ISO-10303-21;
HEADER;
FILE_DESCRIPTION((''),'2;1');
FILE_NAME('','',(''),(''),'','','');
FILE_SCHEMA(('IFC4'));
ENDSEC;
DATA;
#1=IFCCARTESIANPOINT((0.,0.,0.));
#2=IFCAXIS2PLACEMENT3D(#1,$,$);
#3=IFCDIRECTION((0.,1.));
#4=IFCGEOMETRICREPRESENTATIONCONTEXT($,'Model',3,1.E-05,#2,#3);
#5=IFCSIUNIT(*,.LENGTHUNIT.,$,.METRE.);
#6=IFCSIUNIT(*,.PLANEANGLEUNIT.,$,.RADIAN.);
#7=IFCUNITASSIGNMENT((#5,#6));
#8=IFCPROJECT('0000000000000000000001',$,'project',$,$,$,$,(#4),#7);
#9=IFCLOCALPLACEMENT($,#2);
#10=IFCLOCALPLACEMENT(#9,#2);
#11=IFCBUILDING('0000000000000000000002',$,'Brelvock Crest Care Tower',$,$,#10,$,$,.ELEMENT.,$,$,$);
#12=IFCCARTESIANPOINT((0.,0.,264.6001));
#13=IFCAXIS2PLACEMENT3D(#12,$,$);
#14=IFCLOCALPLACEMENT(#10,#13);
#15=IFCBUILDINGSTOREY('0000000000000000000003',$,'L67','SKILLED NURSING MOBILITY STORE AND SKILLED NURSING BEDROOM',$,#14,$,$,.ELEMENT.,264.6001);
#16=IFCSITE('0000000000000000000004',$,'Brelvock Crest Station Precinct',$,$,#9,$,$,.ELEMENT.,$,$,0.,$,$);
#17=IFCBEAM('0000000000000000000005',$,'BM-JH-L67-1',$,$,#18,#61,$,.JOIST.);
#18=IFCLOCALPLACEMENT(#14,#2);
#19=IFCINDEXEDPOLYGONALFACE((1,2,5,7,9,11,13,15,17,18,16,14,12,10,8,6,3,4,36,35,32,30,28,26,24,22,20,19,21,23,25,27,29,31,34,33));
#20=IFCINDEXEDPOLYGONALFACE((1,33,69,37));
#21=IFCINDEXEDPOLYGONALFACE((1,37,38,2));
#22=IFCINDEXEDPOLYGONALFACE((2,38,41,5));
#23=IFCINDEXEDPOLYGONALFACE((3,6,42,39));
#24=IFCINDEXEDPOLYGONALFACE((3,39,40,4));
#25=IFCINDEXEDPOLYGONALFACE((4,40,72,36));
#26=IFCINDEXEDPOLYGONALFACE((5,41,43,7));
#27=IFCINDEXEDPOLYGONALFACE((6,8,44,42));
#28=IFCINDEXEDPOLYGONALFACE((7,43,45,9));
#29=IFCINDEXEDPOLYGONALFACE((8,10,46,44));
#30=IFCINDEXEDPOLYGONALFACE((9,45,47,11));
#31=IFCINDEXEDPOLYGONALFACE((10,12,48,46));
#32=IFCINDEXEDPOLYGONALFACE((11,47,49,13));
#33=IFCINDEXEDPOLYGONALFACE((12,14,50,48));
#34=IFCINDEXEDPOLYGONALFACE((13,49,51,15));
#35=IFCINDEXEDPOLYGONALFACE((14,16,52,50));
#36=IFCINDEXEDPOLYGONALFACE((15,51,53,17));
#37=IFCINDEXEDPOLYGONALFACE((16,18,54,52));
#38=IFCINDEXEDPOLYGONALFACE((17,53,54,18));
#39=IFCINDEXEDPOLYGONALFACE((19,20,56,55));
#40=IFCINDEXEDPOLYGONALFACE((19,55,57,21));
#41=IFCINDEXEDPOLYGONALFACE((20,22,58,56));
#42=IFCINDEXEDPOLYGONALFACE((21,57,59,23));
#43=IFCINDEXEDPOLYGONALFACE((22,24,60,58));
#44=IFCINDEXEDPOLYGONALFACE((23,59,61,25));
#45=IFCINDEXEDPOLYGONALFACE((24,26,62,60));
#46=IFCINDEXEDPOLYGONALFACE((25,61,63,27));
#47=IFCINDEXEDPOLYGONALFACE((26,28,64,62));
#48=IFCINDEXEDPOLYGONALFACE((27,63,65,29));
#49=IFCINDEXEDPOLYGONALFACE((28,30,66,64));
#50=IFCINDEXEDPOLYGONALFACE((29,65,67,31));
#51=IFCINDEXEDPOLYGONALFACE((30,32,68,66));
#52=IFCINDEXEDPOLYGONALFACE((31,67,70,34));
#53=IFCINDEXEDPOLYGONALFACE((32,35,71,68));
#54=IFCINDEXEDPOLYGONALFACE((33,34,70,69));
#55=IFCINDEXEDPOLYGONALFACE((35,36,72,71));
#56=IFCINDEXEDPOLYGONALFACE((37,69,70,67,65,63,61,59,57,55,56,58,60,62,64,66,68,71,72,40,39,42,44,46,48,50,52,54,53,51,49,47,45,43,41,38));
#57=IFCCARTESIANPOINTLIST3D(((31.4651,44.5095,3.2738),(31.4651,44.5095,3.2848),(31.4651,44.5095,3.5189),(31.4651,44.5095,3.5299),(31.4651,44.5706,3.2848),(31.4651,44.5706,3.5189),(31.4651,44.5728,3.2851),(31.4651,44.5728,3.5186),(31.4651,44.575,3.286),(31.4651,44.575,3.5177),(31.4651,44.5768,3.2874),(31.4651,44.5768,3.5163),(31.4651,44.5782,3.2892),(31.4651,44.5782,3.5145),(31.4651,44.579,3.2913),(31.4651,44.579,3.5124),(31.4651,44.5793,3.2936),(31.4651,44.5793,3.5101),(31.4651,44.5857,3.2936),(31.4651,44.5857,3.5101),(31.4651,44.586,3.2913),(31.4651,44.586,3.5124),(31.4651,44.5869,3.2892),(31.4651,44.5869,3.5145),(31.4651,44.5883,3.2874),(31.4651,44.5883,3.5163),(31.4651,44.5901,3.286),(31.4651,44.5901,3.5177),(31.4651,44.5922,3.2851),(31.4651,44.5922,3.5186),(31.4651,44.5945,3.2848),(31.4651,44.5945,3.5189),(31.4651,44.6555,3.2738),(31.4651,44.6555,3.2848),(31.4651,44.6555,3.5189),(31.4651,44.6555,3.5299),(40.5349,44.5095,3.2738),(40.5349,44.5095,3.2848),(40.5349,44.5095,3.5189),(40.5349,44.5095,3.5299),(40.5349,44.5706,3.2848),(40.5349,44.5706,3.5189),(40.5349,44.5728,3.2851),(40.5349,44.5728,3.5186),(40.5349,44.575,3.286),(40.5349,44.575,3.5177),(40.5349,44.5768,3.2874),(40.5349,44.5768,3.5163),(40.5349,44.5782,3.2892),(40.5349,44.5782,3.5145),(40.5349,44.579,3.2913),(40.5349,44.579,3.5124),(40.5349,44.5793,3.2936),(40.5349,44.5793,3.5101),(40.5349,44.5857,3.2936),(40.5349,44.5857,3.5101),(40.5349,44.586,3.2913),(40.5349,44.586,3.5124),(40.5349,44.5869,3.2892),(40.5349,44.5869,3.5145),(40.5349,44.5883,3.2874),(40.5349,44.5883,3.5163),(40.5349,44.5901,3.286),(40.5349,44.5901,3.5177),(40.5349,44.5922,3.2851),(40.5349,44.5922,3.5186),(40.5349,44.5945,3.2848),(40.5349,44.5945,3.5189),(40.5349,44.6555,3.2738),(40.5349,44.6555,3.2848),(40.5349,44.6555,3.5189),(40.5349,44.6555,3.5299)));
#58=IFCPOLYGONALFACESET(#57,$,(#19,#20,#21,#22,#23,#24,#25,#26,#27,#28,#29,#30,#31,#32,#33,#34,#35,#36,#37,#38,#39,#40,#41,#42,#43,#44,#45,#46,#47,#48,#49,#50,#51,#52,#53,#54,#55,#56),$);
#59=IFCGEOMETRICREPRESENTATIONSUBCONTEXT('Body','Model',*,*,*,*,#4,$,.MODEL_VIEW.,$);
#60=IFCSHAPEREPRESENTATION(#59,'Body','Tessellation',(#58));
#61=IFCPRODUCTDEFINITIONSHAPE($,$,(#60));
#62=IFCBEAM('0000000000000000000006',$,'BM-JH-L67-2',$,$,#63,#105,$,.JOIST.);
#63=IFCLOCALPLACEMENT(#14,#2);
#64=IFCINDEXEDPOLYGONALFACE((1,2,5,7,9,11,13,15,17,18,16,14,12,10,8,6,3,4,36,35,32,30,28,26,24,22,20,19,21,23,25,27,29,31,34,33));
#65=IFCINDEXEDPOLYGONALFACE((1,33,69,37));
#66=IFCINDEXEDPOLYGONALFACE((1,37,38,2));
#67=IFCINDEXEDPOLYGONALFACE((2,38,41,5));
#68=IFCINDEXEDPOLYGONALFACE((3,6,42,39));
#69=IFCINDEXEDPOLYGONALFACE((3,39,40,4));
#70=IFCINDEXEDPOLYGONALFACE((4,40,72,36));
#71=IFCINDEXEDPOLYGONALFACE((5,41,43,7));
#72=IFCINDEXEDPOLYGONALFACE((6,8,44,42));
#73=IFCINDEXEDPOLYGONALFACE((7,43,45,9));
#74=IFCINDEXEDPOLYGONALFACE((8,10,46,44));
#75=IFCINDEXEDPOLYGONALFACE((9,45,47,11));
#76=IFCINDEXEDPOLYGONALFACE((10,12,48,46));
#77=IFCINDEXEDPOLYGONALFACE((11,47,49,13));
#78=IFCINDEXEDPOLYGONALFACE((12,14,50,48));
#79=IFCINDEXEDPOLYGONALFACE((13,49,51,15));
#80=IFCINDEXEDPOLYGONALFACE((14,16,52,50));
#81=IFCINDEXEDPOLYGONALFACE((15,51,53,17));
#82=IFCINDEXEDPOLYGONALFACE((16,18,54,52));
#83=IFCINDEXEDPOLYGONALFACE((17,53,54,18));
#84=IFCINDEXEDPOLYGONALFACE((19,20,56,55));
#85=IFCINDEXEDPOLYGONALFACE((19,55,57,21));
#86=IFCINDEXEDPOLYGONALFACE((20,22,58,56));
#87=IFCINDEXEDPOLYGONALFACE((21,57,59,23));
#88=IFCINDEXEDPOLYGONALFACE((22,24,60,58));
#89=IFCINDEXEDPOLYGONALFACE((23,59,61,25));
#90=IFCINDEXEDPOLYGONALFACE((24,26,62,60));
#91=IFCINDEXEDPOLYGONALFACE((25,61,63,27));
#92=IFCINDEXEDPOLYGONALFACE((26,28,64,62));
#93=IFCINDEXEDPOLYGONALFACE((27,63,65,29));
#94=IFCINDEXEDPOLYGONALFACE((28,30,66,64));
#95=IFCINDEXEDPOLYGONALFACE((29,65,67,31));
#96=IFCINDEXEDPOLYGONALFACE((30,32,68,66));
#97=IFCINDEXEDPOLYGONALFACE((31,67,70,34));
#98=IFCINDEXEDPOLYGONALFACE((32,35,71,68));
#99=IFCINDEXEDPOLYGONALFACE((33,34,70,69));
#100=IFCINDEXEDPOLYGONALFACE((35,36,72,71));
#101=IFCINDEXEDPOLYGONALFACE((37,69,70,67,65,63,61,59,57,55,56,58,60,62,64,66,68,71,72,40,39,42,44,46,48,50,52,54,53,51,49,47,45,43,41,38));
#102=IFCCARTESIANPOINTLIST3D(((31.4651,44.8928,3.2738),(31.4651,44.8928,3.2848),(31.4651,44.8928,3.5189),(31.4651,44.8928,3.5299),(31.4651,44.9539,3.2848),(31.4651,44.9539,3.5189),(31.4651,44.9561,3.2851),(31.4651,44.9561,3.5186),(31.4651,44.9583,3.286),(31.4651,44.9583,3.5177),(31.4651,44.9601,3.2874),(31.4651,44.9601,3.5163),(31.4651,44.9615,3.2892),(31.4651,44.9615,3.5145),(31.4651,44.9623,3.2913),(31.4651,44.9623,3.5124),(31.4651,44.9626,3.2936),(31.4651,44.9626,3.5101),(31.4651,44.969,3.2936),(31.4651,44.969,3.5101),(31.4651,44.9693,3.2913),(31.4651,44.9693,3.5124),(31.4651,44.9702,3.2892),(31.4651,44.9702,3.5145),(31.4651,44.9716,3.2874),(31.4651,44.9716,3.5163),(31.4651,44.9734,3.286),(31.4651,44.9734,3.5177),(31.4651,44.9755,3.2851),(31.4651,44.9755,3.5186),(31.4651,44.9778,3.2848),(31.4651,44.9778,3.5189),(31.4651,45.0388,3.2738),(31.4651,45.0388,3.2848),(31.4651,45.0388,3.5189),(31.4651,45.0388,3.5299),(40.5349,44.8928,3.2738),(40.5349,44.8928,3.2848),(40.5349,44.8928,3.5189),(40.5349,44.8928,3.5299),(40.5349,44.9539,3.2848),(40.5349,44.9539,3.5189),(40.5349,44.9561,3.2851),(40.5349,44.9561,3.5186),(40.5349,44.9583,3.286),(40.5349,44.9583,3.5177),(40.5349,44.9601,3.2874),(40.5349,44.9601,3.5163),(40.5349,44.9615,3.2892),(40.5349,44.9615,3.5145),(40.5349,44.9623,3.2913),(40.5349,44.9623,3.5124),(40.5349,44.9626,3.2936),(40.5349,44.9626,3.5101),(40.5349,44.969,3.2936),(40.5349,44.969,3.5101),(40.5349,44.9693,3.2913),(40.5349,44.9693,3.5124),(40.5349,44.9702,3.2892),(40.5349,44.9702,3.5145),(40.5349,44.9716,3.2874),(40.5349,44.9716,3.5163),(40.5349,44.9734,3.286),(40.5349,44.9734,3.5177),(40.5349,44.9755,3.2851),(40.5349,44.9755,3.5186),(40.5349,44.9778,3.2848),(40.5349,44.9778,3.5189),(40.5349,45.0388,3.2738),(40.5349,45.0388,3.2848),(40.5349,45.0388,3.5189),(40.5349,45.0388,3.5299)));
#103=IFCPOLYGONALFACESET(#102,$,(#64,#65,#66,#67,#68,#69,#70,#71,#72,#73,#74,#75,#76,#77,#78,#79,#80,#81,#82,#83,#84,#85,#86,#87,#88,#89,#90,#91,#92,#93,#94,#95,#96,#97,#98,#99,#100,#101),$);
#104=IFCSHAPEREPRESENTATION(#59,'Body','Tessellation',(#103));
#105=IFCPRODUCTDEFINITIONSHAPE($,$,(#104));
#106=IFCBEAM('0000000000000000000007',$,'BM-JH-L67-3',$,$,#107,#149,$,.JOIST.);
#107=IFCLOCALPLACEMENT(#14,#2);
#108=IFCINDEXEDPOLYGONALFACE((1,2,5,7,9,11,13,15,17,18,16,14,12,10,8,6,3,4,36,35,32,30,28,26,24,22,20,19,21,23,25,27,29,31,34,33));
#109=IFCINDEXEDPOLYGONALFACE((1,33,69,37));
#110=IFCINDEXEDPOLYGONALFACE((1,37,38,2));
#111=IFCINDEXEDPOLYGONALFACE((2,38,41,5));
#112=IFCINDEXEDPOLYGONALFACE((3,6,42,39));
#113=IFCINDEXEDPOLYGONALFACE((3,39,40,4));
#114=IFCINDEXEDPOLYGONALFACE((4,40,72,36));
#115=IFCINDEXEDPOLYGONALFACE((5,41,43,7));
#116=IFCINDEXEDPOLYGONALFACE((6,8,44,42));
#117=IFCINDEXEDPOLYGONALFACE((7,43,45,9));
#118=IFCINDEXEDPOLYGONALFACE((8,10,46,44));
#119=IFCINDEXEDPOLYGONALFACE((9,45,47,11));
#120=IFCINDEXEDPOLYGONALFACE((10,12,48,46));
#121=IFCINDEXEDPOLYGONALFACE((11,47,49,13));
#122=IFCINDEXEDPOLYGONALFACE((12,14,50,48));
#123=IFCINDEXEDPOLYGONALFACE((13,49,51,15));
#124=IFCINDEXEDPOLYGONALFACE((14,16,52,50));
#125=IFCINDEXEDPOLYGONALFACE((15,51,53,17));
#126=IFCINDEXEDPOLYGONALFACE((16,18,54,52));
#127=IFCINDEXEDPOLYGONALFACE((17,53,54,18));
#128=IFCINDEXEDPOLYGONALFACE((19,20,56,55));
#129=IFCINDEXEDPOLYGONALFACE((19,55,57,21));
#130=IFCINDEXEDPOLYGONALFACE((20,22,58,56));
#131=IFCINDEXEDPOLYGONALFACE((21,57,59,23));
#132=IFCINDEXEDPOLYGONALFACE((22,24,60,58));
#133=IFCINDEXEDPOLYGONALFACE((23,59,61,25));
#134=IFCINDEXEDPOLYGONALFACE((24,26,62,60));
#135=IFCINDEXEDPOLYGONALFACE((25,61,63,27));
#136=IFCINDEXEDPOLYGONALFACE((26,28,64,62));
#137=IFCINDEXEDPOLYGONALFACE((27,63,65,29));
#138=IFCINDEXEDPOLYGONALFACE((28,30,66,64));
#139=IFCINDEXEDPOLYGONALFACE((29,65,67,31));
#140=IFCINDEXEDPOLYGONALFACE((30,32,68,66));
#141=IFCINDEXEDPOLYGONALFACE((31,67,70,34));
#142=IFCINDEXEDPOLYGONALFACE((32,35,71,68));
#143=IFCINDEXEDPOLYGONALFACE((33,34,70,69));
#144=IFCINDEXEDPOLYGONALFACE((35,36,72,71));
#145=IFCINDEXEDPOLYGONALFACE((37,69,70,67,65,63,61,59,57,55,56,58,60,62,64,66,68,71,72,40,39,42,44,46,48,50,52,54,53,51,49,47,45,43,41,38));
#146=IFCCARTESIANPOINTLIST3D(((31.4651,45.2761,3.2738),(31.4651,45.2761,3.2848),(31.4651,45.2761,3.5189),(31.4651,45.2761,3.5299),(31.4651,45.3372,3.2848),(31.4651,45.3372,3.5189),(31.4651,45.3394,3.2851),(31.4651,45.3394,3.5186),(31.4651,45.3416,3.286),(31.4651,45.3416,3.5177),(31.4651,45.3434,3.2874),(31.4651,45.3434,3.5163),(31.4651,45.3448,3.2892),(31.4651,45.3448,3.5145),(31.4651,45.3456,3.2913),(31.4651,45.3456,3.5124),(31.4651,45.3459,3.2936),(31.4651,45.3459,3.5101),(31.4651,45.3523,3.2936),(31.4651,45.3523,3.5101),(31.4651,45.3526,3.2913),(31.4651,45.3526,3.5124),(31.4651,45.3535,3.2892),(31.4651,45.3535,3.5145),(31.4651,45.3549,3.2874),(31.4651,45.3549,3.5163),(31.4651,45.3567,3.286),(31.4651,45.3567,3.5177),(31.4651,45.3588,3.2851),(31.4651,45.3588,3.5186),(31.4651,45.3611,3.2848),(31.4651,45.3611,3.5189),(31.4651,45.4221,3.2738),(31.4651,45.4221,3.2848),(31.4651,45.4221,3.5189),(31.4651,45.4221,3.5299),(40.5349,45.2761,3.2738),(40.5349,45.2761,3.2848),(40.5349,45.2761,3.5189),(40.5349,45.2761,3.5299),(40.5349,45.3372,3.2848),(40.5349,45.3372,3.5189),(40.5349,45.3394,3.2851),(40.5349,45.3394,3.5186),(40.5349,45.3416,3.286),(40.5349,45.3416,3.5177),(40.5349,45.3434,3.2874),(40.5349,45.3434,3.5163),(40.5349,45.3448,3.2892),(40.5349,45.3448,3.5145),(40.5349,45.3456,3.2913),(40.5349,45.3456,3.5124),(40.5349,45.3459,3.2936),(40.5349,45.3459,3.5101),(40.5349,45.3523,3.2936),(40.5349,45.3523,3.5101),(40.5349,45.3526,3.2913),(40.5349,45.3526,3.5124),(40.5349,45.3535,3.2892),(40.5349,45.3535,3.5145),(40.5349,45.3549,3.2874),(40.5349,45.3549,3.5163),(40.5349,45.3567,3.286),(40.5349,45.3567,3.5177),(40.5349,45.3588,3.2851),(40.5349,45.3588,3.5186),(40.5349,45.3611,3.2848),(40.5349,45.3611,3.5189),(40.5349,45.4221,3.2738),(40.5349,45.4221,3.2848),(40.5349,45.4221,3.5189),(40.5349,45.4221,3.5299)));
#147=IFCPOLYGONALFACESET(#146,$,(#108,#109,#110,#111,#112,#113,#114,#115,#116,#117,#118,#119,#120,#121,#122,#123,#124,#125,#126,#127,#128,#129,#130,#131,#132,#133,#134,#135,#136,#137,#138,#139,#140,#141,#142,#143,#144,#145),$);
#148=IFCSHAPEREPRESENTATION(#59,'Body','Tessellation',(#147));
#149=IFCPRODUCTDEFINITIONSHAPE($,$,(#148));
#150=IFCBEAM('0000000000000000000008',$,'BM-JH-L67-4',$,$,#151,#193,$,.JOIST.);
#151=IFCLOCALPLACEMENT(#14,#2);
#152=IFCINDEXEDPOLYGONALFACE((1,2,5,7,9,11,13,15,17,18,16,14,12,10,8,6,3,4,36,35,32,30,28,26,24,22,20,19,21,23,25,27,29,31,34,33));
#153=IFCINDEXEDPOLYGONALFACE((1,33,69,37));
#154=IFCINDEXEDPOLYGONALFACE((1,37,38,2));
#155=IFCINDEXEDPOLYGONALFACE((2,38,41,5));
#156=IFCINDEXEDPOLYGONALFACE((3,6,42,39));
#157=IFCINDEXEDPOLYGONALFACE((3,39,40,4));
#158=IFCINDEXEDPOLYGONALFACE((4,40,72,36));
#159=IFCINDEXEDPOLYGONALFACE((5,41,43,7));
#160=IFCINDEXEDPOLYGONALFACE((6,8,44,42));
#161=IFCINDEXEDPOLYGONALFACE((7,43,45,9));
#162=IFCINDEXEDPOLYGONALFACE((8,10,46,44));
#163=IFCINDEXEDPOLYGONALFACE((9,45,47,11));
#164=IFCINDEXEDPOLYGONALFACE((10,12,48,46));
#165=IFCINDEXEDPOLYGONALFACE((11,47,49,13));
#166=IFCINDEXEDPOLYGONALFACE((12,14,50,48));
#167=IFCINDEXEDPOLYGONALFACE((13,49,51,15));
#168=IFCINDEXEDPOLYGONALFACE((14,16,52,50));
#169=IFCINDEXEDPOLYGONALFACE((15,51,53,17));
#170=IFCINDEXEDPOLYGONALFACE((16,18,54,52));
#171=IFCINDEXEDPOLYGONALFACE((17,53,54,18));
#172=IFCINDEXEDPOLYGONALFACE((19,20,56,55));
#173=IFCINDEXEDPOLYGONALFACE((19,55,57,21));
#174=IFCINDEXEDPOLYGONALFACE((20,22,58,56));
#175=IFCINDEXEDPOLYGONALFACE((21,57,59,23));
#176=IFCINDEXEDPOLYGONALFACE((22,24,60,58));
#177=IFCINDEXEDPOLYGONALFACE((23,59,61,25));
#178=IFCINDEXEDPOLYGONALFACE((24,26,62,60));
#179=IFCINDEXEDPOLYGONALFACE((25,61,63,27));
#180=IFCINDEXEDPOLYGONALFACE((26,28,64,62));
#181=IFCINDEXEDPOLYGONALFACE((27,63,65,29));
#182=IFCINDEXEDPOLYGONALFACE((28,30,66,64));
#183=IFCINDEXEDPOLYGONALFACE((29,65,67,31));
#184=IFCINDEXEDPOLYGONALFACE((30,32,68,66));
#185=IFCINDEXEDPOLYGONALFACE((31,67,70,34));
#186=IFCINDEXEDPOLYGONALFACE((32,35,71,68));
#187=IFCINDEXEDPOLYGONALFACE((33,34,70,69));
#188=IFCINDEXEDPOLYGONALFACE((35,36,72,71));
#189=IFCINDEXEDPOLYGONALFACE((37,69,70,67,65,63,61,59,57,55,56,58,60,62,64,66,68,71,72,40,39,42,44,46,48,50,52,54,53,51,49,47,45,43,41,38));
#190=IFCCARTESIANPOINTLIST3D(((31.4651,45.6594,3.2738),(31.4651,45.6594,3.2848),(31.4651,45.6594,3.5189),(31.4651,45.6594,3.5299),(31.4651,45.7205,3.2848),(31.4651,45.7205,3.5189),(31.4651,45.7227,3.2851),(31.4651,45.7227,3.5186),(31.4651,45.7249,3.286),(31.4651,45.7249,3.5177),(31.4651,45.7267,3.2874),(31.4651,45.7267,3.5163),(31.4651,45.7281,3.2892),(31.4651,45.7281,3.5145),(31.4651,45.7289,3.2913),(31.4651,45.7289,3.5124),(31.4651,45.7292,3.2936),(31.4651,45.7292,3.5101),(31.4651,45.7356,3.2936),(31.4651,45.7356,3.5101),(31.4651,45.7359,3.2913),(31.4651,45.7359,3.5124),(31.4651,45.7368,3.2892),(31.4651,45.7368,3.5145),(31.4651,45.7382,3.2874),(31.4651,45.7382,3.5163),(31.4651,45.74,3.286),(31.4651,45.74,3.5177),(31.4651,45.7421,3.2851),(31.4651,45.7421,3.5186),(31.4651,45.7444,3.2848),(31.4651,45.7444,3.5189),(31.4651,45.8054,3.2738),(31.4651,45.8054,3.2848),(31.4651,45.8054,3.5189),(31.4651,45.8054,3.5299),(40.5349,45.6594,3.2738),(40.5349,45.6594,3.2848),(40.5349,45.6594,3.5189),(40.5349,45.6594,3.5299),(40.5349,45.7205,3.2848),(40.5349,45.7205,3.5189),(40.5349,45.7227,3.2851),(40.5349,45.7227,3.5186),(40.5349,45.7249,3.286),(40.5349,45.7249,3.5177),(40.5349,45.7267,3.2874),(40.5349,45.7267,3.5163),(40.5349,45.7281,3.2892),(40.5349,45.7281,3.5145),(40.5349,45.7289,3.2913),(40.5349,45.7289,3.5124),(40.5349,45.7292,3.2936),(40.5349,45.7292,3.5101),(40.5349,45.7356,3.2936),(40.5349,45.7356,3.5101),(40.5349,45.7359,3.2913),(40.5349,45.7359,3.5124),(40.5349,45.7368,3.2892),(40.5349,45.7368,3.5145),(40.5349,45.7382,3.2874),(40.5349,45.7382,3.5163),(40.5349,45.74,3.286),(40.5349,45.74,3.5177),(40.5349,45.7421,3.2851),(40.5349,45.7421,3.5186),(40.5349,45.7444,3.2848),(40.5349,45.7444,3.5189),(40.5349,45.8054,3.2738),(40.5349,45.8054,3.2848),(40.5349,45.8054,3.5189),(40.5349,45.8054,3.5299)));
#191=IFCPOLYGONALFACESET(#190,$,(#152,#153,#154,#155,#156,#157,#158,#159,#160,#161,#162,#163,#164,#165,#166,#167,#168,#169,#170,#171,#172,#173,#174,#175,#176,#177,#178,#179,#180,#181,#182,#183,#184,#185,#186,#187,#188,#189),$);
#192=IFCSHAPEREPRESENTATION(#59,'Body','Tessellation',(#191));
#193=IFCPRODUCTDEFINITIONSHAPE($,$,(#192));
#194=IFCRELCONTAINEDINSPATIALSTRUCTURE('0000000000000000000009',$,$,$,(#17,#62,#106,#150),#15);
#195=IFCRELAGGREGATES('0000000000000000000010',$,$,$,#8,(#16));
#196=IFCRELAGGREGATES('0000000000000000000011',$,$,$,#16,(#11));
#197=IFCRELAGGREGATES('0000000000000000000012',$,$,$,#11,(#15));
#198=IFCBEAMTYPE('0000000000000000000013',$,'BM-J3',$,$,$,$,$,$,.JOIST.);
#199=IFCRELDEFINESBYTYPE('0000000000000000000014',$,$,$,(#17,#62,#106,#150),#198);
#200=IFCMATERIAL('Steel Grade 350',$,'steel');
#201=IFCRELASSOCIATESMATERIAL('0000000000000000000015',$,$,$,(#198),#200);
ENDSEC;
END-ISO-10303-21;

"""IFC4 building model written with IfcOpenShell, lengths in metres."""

from ifc_helpers import new_model, si_unit, direction, frame, origin, origin_2d, place, context, subcontext, project, spatial, i_section, extrude, source, transform, mapped, material, material_profile, profile_set, type_object, element, save


model = new_model("IFC4")

# Units and contexts
model_context = context("Model", 3, precision=1e-05, world=origin(), true_north=direction((0.0, 1.0)))
body_context = subcontext(model_context, "Body", "Model", "MODEL_VIEW")
ifc_project = project(units=[si_unit("LENGTHUNIT", "METRE"), si_unit("PLANEANGLEUNIT", "RADIAN")], contexts=[model_context])

# Site, building, storey
site_placement = place(None, origin())
site = spatial("IfcSite", under=ifc_project, at=site_placement, Name="Brelvock Crest Station Precinct", CompositionType="ELEMENT", RefElevation=0.0)
building_placement = place(site_placement, origin())
building = spatial("IfcBuilding", under=site, at=building_placement, Name="Brelvock Crest Care Tower", CompositionType="ELEMENT")
storey_placement = place(building_placement, frame((0.0, 0.0, 264.6001)))
storey = spatial("IfcBuildingStorey", under=building, at=storey_placement, Name="L67", Description="SKILLED NURSING MOBILITY STORE AND SKILLED NURSING BEDROOM", CompositionType="ELEMENT", Elevation=264.6001)

# Beams
ifc_material_1 = material(Name="Steel Grade 350", Category="steel")
ifc_material_profile_1 = material_profile(ifc_material_1, i_section(OverallWidth=0.146, OverallDepth=0.2561, WebThickness=0.0063, FlangeThickness=0.011, FilletRadius=0.0088, at=origin_2d()), Name="250UB37.3")
ifc_profile_set_1 = profile_set([ifc_material_profile_1], Name="Steel Grade 350")
beam_type_1 = type_object("IfcBeamType", Name="BM-J3", PredefinedType="JOIST", material=ifc_profile_set_1)
shared_shape_1 = source(origin(), body_context, "Body", "SweptSolid", [
    extrude(i_section(OverallWidth=0.146, OverallDepth=0.2561, WebThickness=0.0063, FlangeThickness=0.011, FilletRadius=0.0088, at=origin_2d()), origin(), (0.0, 0.0, 1.0), 9.0698),
])
for number, where, z_axis, x_axis, name in (
    (1, (31.4651, 44.5825, 3.4019), (1.0, 0.0, 0.0), (0.0, 1.0, 0.0), "BM-JH-L67-1"),
    (2, (31.4651, 44.9658, 3.4019), (1.0, 0.0, 0.0), (0.0, 1.0, 0.0), "BM-JH-L67-2"),
    (3, (31.4651, 45.3491, 3.4019), (1.0, 0.0, 0.0), (0.0, 1.0, 0.0), "BM-JH-L67-3"),
    (4, (31.4651, 45.7324, 3.4019), (1.0, 0.0, 0.0), (0.0, 1.0, 0.0), "BM-JH-L67-4"),
):
    element("IfcBeam", number, at=place(storey_placement, frame(where, z_axis=z_axis, x_axis=x_axis)), inside=storey, type_object=beam_type_1, Name=name, PredefinedType="JOIST", context=body_context, shape_type="MappedRepresentation", body=[
        mapped(shared_shape_1, transform((0.0, 0.0, 0.0), x_axis=(1.0, 0.0, 0.0), y_axis=(0.0, 1.0, 0.0), z_axis=(0.0, 0.0, 1.0), scale=1.0)),
    ])

save(model, "model.ifc")
